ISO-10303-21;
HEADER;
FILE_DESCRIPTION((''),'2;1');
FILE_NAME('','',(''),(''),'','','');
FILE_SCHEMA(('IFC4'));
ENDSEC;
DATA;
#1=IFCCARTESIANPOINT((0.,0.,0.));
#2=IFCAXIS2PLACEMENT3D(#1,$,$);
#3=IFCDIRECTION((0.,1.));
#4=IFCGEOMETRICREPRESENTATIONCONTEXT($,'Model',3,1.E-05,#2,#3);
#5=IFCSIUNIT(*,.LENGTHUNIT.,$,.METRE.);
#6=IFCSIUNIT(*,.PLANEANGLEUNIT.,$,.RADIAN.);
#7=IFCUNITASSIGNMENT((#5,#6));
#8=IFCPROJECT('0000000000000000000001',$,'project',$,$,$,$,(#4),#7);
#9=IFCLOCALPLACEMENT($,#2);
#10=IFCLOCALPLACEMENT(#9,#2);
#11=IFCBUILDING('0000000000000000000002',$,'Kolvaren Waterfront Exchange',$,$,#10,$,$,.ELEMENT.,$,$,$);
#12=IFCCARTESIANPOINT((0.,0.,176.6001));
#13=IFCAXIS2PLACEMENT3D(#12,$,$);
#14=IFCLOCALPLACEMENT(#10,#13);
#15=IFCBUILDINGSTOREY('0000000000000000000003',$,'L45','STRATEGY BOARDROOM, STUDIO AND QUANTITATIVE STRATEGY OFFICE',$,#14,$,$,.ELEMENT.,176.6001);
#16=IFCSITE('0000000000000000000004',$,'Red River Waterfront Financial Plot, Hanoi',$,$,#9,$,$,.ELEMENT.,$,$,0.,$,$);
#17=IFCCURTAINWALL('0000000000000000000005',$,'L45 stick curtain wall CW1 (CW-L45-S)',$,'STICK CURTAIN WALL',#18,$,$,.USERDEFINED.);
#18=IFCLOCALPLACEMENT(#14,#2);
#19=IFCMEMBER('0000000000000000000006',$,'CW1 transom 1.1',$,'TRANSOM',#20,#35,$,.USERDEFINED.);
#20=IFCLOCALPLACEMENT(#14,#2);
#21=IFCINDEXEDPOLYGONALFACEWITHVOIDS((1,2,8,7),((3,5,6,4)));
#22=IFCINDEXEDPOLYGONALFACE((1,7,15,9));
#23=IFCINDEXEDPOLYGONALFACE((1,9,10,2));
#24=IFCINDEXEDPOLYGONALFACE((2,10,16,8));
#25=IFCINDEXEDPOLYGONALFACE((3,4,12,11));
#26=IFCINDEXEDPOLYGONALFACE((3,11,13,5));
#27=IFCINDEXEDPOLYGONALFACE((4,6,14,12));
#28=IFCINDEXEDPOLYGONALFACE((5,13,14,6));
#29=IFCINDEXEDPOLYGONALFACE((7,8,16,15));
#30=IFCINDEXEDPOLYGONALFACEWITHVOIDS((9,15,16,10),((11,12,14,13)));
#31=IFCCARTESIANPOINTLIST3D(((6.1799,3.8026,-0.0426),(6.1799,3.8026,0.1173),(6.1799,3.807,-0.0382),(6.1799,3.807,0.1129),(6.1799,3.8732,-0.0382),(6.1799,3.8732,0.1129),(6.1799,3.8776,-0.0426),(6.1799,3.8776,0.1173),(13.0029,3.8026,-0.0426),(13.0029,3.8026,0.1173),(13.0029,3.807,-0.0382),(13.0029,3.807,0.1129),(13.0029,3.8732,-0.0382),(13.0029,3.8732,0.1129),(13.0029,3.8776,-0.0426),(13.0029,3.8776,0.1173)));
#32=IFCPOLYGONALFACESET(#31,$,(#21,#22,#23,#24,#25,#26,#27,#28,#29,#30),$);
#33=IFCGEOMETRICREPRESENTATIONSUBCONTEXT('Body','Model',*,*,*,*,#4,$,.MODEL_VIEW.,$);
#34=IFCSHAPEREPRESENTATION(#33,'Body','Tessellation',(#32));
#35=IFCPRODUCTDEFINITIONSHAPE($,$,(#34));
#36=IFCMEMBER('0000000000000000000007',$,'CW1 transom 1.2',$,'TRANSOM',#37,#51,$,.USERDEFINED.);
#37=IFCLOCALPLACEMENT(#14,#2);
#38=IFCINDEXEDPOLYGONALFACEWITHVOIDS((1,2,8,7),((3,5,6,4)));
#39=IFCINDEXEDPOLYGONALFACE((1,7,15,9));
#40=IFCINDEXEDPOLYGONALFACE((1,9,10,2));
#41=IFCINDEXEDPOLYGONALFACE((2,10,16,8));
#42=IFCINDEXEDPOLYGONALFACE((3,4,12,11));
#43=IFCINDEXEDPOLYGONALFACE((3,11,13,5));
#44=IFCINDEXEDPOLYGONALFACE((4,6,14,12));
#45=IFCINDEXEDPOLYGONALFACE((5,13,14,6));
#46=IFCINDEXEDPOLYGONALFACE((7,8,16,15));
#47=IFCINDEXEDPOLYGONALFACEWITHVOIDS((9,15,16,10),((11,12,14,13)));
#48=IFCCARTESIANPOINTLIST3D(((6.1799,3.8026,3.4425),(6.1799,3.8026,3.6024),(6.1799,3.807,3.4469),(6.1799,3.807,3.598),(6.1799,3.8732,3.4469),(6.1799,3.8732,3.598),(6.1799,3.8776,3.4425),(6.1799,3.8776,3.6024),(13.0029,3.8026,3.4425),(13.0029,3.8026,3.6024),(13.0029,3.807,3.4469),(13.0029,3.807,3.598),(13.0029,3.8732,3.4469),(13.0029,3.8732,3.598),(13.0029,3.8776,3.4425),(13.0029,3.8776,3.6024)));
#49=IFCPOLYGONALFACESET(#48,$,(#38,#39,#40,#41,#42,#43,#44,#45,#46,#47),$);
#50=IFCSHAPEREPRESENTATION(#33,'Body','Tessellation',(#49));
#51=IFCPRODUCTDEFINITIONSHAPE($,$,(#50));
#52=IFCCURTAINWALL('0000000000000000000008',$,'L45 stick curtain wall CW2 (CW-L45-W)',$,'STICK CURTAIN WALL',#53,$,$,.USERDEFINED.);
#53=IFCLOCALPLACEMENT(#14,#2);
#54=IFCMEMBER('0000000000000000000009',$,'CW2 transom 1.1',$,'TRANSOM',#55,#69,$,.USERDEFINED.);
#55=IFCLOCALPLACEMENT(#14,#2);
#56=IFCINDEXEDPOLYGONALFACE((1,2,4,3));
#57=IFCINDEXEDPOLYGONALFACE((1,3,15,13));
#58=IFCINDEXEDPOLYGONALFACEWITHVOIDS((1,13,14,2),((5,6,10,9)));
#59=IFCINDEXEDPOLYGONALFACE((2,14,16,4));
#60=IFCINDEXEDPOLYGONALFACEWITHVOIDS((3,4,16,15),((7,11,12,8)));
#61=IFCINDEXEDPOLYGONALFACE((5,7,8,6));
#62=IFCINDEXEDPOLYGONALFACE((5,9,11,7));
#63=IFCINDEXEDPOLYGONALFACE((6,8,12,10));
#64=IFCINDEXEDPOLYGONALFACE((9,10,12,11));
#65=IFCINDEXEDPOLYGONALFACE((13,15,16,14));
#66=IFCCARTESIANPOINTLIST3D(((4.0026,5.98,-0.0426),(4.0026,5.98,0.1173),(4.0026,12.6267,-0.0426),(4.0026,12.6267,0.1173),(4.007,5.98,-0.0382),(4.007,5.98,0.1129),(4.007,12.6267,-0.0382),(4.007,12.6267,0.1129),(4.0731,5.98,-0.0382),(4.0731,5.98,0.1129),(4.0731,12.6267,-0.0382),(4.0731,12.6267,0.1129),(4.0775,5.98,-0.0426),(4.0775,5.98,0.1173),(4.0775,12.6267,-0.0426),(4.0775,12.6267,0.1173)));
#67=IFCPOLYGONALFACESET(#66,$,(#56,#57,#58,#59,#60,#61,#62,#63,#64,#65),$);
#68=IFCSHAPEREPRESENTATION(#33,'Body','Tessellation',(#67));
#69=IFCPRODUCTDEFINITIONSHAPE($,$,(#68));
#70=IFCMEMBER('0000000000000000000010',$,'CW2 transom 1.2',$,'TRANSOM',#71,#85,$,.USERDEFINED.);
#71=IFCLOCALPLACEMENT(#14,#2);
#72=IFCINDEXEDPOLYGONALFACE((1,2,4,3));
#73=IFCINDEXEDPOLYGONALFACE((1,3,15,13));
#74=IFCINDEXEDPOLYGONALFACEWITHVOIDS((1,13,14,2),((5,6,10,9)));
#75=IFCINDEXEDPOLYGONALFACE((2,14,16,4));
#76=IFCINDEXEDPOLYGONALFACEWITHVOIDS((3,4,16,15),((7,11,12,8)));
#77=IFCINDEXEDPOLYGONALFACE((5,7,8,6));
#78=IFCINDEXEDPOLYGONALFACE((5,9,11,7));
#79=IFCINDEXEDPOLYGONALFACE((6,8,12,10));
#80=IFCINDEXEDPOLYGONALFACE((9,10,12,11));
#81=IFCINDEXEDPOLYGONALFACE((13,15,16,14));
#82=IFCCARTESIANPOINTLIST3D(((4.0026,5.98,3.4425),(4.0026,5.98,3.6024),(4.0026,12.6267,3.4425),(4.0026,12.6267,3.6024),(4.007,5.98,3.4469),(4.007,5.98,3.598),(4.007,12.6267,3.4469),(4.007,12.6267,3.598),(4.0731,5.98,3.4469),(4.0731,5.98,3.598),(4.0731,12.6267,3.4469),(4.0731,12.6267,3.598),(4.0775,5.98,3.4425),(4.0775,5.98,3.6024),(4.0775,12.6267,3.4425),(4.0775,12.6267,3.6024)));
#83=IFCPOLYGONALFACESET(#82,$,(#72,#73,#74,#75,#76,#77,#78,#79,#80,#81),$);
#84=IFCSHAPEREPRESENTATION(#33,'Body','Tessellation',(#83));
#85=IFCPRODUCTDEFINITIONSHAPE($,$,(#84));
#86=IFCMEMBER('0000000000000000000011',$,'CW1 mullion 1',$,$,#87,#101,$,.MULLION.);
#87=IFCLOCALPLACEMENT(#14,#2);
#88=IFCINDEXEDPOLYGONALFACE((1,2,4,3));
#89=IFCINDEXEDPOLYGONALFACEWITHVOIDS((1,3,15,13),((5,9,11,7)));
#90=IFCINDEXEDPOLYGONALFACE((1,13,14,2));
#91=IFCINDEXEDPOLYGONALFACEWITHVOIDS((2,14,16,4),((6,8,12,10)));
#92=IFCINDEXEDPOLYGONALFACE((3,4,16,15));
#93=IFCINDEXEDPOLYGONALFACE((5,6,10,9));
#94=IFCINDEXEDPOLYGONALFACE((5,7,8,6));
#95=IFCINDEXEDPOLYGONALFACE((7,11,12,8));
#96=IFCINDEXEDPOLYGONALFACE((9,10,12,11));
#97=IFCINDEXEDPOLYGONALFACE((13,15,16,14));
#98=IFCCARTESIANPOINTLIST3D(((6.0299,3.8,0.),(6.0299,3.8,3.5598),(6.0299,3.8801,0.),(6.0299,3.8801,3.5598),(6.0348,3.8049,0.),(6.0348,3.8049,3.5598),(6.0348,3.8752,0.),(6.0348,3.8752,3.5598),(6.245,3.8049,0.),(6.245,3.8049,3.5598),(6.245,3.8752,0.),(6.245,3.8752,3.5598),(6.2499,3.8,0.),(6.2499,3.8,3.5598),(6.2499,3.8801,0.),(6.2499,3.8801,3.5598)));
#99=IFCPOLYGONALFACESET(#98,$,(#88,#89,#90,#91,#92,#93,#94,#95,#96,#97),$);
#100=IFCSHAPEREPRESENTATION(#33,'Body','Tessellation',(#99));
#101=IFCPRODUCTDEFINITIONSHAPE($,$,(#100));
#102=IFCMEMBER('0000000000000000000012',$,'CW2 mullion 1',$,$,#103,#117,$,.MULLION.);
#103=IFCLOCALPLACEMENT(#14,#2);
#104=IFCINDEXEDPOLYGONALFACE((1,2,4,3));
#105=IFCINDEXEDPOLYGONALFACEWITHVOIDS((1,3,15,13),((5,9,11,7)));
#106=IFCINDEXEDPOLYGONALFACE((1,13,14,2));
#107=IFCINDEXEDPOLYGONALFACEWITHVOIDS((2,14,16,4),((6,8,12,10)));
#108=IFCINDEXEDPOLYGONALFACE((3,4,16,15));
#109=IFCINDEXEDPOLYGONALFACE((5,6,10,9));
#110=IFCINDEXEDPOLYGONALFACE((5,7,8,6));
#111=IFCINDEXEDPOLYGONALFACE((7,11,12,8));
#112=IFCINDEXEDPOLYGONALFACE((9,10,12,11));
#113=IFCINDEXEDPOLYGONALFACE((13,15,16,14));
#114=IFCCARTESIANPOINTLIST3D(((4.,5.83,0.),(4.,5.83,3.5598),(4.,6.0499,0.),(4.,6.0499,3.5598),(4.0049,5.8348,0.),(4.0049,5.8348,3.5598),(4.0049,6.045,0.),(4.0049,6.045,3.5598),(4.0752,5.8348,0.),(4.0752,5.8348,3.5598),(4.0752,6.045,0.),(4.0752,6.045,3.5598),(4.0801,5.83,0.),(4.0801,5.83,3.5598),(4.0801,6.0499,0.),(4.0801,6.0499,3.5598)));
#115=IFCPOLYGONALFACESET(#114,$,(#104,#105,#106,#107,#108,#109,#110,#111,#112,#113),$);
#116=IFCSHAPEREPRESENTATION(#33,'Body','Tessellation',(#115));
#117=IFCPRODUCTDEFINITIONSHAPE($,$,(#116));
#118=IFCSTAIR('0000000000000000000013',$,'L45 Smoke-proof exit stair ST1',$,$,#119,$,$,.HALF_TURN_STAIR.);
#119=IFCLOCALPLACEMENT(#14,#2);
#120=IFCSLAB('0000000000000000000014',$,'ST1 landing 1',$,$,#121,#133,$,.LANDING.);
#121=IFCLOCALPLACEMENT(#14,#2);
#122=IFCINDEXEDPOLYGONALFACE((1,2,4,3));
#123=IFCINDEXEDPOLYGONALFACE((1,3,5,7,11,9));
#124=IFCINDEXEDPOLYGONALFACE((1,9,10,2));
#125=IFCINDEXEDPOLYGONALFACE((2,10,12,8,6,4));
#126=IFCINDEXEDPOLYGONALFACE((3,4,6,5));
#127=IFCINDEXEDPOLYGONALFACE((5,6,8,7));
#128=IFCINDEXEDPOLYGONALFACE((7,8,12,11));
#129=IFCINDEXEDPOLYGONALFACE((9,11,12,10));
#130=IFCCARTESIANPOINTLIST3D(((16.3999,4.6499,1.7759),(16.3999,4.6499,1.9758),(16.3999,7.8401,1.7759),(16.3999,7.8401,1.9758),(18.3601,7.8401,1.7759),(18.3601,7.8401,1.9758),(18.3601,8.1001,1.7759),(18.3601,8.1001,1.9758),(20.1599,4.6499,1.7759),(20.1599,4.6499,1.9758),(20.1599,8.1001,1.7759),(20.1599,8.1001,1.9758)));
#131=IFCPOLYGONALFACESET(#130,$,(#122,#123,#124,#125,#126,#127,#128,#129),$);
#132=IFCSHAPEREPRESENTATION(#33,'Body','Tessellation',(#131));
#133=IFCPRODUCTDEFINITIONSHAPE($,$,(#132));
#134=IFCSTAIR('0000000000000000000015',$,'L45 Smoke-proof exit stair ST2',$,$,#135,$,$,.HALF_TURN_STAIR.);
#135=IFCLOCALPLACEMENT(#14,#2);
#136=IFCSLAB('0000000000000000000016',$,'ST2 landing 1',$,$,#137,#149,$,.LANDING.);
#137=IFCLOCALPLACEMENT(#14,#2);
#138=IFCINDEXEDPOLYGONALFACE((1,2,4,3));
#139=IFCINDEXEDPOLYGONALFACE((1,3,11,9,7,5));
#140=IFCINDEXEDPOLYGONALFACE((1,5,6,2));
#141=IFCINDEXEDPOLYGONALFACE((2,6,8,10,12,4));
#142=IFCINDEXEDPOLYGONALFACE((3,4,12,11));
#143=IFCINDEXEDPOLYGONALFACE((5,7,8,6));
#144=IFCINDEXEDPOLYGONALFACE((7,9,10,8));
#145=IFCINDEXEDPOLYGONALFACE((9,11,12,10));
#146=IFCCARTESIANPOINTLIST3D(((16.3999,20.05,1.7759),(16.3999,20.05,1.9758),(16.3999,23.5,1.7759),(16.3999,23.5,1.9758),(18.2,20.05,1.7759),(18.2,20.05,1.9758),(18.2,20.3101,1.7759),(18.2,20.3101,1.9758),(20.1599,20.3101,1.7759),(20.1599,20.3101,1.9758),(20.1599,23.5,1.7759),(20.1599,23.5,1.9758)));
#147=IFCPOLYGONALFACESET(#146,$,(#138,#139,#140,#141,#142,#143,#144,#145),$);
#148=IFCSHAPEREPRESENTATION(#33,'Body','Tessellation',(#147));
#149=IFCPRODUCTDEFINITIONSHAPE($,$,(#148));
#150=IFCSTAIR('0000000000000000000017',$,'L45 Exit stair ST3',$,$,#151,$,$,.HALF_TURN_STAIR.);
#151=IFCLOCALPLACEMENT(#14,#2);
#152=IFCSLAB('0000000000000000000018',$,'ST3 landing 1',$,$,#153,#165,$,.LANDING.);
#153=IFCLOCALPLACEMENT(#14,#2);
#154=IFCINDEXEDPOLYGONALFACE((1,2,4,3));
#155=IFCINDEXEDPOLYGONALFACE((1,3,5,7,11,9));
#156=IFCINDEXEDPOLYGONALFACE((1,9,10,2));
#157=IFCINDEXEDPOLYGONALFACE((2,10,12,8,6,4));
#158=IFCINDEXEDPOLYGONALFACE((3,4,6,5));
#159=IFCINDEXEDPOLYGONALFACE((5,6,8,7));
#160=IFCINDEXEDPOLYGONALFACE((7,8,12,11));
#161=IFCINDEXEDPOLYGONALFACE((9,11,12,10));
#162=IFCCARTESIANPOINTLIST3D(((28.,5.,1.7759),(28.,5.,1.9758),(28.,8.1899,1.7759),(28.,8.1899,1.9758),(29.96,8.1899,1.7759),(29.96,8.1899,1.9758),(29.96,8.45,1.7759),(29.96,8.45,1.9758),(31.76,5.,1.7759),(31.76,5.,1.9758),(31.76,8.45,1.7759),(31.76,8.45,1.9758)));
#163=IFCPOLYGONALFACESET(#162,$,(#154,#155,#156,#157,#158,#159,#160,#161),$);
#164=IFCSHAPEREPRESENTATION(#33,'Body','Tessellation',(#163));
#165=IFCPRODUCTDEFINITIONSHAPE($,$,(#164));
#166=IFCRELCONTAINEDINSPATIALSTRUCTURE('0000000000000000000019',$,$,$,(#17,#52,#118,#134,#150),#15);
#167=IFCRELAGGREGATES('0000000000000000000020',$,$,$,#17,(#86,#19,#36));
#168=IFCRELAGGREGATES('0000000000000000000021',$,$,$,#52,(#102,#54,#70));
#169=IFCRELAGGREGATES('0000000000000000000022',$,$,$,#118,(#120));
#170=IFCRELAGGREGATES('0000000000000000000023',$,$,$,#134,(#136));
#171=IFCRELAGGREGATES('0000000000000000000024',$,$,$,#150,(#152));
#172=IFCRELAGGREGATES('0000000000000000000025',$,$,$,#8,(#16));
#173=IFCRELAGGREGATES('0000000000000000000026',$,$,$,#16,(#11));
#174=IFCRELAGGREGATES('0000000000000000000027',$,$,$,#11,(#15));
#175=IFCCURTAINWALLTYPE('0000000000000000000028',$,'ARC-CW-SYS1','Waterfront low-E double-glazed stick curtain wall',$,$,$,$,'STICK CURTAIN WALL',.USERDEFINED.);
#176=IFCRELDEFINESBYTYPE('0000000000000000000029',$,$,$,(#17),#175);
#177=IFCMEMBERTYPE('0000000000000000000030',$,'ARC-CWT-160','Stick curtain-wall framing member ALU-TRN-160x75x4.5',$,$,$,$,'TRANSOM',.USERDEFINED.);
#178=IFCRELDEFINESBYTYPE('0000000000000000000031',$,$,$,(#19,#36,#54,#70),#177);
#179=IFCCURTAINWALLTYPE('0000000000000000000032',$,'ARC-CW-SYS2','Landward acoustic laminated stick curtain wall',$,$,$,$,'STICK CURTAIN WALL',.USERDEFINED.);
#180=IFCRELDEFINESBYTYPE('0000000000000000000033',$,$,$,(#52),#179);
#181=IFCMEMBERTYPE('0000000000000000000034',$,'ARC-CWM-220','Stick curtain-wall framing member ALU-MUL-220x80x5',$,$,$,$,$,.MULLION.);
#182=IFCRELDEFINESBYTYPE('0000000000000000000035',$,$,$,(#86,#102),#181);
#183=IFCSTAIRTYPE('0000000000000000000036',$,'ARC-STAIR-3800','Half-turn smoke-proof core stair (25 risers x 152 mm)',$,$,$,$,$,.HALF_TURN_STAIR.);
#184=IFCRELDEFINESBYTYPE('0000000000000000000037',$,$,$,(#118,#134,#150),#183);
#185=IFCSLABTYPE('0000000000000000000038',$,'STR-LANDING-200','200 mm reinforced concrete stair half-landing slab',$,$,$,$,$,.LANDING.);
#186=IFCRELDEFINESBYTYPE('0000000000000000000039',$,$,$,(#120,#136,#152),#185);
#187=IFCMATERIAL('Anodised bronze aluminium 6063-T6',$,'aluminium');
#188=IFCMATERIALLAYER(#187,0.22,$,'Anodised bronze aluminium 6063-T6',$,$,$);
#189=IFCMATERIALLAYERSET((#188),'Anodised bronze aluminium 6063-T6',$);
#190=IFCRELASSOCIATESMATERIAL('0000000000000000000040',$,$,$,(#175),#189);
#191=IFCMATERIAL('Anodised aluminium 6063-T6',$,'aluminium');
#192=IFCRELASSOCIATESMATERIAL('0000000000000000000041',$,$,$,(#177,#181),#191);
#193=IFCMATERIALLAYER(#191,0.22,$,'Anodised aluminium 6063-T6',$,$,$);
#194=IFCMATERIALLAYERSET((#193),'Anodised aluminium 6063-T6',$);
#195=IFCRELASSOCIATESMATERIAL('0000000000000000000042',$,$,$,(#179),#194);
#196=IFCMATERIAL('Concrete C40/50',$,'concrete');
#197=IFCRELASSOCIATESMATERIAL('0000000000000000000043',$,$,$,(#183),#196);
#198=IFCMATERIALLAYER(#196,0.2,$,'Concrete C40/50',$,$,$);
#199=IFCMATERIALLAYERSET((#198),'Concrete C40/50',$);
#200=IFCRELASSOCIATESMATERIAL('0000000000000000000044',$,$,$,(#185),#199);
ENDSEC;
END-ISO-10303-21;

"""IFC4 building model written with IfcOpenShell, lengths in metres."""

from ifc_helpers import new_model, si_unit, direction, frame, origin, origin_with_axes, origin_2d, place, context, subcontext, project, spatial, polyline, hollow_rectangle, outline, extrude, source, transform, mapped, material, layer, layer_set, material_profile, profile_set, type_object, element, aggregate, save


model = new_model("IFC4")

# Units and contexts
model_context = context("Model", 3, precision=1e-05, world=origin(), true_north=direction((0.0, 1.0)))
body_context = subcontext(model_context, "Body", "Model", "MODEL_VIEW")
ifc_project = project(units=[si_unit("LENGTHUNIT", "METRE"), si_unit("PLANEANGLEUNIT", "RADIAN")], contexts=[model_context])

# Site, building, storey
site_placement = place(None, origin())
site = spatial("IfcSite", under=ifc_project, at=site_placement, Name="Red River Waterfront Financial Plot, Hanoi", CompositionType="ELEMENT", RefElevation=0.0)
building_placement = place(site_placement, origin())
building = spatial("IfcBuilding", under=site, at=building_placement, Name="Kolvaren Waterfront Exchange", CompositionType="ELEMENT")
storey_placement = place(building_placement, frame((0.0, 0.0, 176.6001)))
storey = spatial("IfcBuildingStorey", under=building, at=storey_placement, Name="L45", Description="STRATEGY BOARDROOM, STUDIO AND QUANTITATIVE STRATEGY OFFICE", CompositionType="ELEMENT", Elevation=176.6001)

# Curtain walls, members
ifc_material_1 = material(Name="Anodised bronze aluminium 6063-T6", Category="aluminium")
ifc_layer_1 = layer(ifc_material_1, 0.22, Name="Anodised bronze aluminium 6063-T6")
ifc_layer_set_1 = layer_set([ifc_layer_1], Name="Anodised bronze aluminium 6063-T6")
curtain_wall_type_1 = type_object("IfcCurtainWallType", Name="ARC-CW-SYS1", Description="Waterfront low-E double-glazed stick curtain wall", ElementType="STICK CURTAIN WALL", PredefinedType="USERDEFINED", material=ifc_layer_set_1)
curtain_wall_1_placement = place(storey_placement, origin())
curtain_wall_1 = element("IfcCurtainWall", 1, at=curtain_wall_1_placement, inside=storey, type_object=curtain_wall_type_1, Name="L45 stick curtain wall CW1 (CW-L45-S)", ObjectType="STICK CURTAIN WALL", PredefinedType="USERDEFINED")
ifc_material_2 = material(Name="Anodised aluminium 6063-T6", Category="aluminium")
ifc_material_profile_1 = material_profile(ifc_material_2, hollow_rectangle(XDim=0.075, YDim=0.1599, WallThickness=0.0044, at=origin_2d()), Name="ALU-TRN-160x75x4.5")
ifc_profile_set_1 = profile_set([ifc_material_profile_1], Name="Anodised aluminium 6063-T6")
member_type_1 = type_object("IfcMemberType", Name="ARC-CWT-160", Description="Stick curtain-wall framing member ALU-TRN-160x75x4.5", ElementType="TRANSOM", PredefinedType="USERDEFINED", material=ifc_profile_set_1)
shared_shape_1 = source(origin_with_axes(), body_context, "Body", "SweptSolid", [
    extrude(hollow_rectangle(XDim=0.075, YDim=0.1599, WallThickness=0.0044, at=origin_2d()), origin(), (0.0, 0.0, 1.0), 6.823),
])
member_1_placement = place(storey_placement, frame((6.1799, 3.8401, 0.0374), z_axis=(1.0, 0.0, 0.0), x_axis=(0.0, 1.0, 0.0)))
member_1 = element("IfcMember", 2, at=member_1_placement, type_object=member_type_1, Name="CW1 transom 1.1", ObjectType="TRANSOM", PredefinedType="USERDEFINED", context=body_context, shape_type="MappedRepresentation", body=[
    mapped(shared_shape_1, transform((0.0, 0.0, 0.0), x_axis=(1.0, 0.0, 0.0), y_axis=(0.0, 1.0, 0.0), z_axis=(0.0, 0.0, 1.0), scale=1.0)),
])
member_2_placement = place(storey_placement, frame((6.1799, 3.8401, 3.5225), z_axis=(1.0, 0.0, 0.0), x_axis=(0.0, 1.0, 0.0)))
member_2 = element("IfcMember", 3, at=member_2_placement, type_object=member_type_1, Name="CW1 transom 1.2", ObjectType="TRANSOM", PredefinedType="USERDEFINED", context=body_context, shape_type="MappedRepresentation", body=[
    mapped(shared_shape_1, transform((0.0, 0.0, 0.0), x_axis=(1.0, 0.0, 0.0), y_axis=(0.0, 1.0, 0.0), z_axis=(0.0, 0.0, 1.0), scale=1.0)),
])
ifc_layer_2 = layer(ifc_material_2, 0.22, Name="Anodised aluminium 6063-T6")
ifc_layer_set_2 = layer_set([ifc_layer_2], Name="Anodised aluminium 6063-T6")
curtain_wall_type_2 = type_object("IfcCurtainWallType", Name="ARC-CW-SYS2", Description="Landward acoustic laminated stick curtain wall", ElementType="STICK CURTAIN WALL", PredefinedType="USERDEFINED", material=ifc_layer_set_2)
curtain_wall_2_placement = place(storey_placement, origin())
curtain_wall_2 = element("IfcCurtainWall", 4, at=curtain_wall_2_placement, inside=storey, type_object=curtain_wall_type_2, Name="L45 stick curtain wall CW2 (CW-L45-W)", ObjectType="STICK CURTAIN WALL", PredefinedType="USERDEFINED")
shared_shape_2 = source(origin_with_axes(), body_context, "Body", "SweptSolid", [
    extrude(hollow_rectangle(XDim=0.075, YDim=0.1599, WallThickness=0.0044, at=origin_2d()), origin(), (0.0, 0.0, 1.0), 6.6467),
])
member_3_placement = place(storey_placement, frame((4.04, 5.98, 0.0374), z_axis=(0.0, 1.0, 0.0), x_axis=(-1.0, 0.0, 0.0)))
member_3 = element("IfcMember", 5, at=member_3_placement, type_object=member_type_1, Name="CW2 transom 1.1", ObjectType="TRANSOM", PredefinedType="USERDEFINED", context=body_context, shape_type="MappedRepresentation", body=[
    mapped(shared_shape_2, transform((0.0, 0.0, 0.0), x_axis=(1.0, 0.0, 0.0), y_axis=(0.0, 1.0, 0.0), z_axis=(0.0, 0.0, 1.0), scale=1.0)),
])
member_4_placement = place(storey_placement, frame((4.04, 5.98, 3.5225), z_axis=(0.0, 1.0, 0.0), x_axis=(-1.0, 0.0, 0.0)))
member_4 = element("IfcMember", 6, at=member_4_placement, type_object=member_type_1, Name="CW2 transom 1.2", ObjectType="TRANSOM", PredefinedType="USERDEFINED", context=body_context, shape_type="MappedRepresentation", body=[
    mapped(shared_shape_2, transform((0.0, 0.0, 0.0), x_axis=(1.0, 0.0, 0.0), y_axis=(0.0, 1.0, 0.0), z_axis=(0.0, 0.0, 1.0), scale=1.0)),
])

# Members
ifc_material_profile_2 = material_profile(ifc_material_2, hollow_rectangle(XDim=0.0801, YDim=0.22, WallThickness=0.0049, at=origin_2d()), Name="ALU-MUL-220x80x5")
ifc_profile_set_2 = profile_set([ifc_material_profile_2], Name="Anodised aluminium 6063-T6")
member_type_2 = type_object("IfcMemberType", Name="ARC-CWM-220", Description="Stick curtain-wall framing member ALU-MUL-220x80x5", PredefinedType="MULLION", material=ifc_profile_set_2)
shared_shape_3 = source(origin_with_axes(), body_context, "Body", "SweptSolid", [
    extrude(hollow_rectangle(XDim=0.0801, YDim=0.22, WallThickness=0.0049, at=origin_2d()), origin(), (0.0, 0.0, 1.0), 3.5598),
])
member_5_placement = place(storey_placement, frame((6.1399, 3.8401, 0.0), z_axis=(0.0, 0.0, 1.0), x_axis=(0.0, 1.0, 0.0)))
member_5 = element("IfcMember", 7, at=member_5_placement, type_object=member_type_2, Name="CW1 mullion 1", PredefinedType="MULLION", context=body_context, shape_type="MappedRepresentation", body=[
    mapped(shared_shape_3, transform((0.0, 0.0, 0.0), x_axis=(1.0, 0.0, 0.0), y_axis=(0.0, 1.0, 0.0), z_axis=(0.0, 0.0, 1.0), scale=1.0)),
])
aggregate(curtain_wall_1, [member_5, member_1, member_2])
member_6_placement = place(storey_placement, frame((4.04, 5.9399, 0.0), z_axis=(0.0, 0.0, 1.0), x_axis=(-1.0, 0.0, 0.0)))
member_6 = element("IfcMember", 8, at=member_6_placement, type_object=member_type_2, Name="CW2 mullion 1", PredefinedType="MULLION", context=body_context, shape_type="MappedRepresentation", body=[
    mapped(shared_shape_3, transform((0.0, 0.0, 0.0), x_axis=(1.0, 0.0, 0.0), y_axis=(0.0, 1.0, 0.0), z_axis=(0.0, 0.0, 1.0), scale=1.0)),
])
aggregate(curtain_wall_2, [member_6, member_3, member_4])

# Stairs, slabs
ifc_material_3 = material(Name="Concrete C40/50", Category="concrete")
stair_type = type_object("IfcStairType", Name="ARC-STAIR-3800", Description="Half-turn smoke-proof core stair (25 risers x 152 mm)", PredefinedType="HALF_TURN_STAIR", material=ifc_material_3)
stair_1_placement = place(storey_placement, origin())
stair_1 = element("IfcStair", 9, at=stair_1_placement, inside=storey, type_object=stair_type, Name="L45 Smoke-proof exit stair ST1", PredefinedType="HALF_TURN_STAIR")
ifc_layer_3 = layer(ifc_material_3, 0.2, Name="Concrete C40/50")
ifc_layer_set_3 = layer_set([ifc_layer_3], Name="Concrete C40/50")
slab_type_1 = type_object("IfcSlabType", Name="STR-LANDING-200", Description="200 mm reinforced concrete stair half-landing slab", PredefinedType="LANDING", material=ifc_layer_set_3)
slab_1_placement = place(storey_placement, frame((0.0, 0.0, 1.7759)))
slab_1 = element("IfcSlab", 10, at=slab_1_placement, type_object=slab_type_1, Name="ST1 landing 1", PredefinedType="LANDING", context=body_context, shape_type="SweptSolid", body=[
    extrude(outline(polyline([(16.3999, 7.8401), (16.3999, 4.6499), (20.1599, 4.6499), (20.1599, 8.1001), (18.3601, 8.1001), (18.3601, 7.8401), (16.3999, 7.8401)])), origin(), (0.0, 0.0, 1.0), 0.2),
])
aggregate(stair_1, [slab_1])
stair_2_placement = place(storey_placement, origin())
stair_2 = element("IfcStair", 11, at=stair_2_placement, inside=storey, type_object=stair_type, Name="L45 Smoke-proof exit stair ST2", PredefinedType="HALF_TURN_STAIR")
slab_2_placement = place(storey_placement, frame((0.0, 0.0, 1.7759)))
slab_2 = element("IfcSlab", 12, at=slab_2_placement, type_object=slab_type_1, Name="ST2 landing 1", PredefinedType="LANDING", context=body_context, shape_type="SweptSolid", body=[
    extrude(outline(polyline([(20.1599, 20.3101), (20.1599, 23.5), (16.3999, 23.5), (16.3999, 20.05), (18.2, 20.05), (18.2, 20.3101), (20.1599, 20.3101)])), origin(), (0.0, 0.0, 1.0), 0.2),
])
aggregate(stair_2, [slab_2])
stair_3_placement = place(storey_placement, origin())
stair_3 = element("IfcStair", 13, at=stair_3_placement, inside=storey, type_object=stair_type, Name="L45 Exit stair ST3", PredefinedType="HALF_TURN_STAIR")
slab_3_placement = place(storey_placement, frame((0.0, 0.0, 1.7759)))
slab_3 = element("IfcSlab", 14, at=slab_3_placement, type_object=slab_type_1, Name="ST3 landing 1", PredefinedType="LANDING", context=body_context, shape_type="SweptSolid", body=[
    extrude(outline(polyline([(28.0, 8.1899), (28.0, 5.0), (31.76, 5.0), (31.76, 8.45), (29.96, 8.45), (29.96, 8.1899), (28.0, 8.1899)])), origin(), (0.0, 0.0, 1.0), 0.2),
])
aggregate(stair_3, [slab_3])

save(model, "model.ifc")
